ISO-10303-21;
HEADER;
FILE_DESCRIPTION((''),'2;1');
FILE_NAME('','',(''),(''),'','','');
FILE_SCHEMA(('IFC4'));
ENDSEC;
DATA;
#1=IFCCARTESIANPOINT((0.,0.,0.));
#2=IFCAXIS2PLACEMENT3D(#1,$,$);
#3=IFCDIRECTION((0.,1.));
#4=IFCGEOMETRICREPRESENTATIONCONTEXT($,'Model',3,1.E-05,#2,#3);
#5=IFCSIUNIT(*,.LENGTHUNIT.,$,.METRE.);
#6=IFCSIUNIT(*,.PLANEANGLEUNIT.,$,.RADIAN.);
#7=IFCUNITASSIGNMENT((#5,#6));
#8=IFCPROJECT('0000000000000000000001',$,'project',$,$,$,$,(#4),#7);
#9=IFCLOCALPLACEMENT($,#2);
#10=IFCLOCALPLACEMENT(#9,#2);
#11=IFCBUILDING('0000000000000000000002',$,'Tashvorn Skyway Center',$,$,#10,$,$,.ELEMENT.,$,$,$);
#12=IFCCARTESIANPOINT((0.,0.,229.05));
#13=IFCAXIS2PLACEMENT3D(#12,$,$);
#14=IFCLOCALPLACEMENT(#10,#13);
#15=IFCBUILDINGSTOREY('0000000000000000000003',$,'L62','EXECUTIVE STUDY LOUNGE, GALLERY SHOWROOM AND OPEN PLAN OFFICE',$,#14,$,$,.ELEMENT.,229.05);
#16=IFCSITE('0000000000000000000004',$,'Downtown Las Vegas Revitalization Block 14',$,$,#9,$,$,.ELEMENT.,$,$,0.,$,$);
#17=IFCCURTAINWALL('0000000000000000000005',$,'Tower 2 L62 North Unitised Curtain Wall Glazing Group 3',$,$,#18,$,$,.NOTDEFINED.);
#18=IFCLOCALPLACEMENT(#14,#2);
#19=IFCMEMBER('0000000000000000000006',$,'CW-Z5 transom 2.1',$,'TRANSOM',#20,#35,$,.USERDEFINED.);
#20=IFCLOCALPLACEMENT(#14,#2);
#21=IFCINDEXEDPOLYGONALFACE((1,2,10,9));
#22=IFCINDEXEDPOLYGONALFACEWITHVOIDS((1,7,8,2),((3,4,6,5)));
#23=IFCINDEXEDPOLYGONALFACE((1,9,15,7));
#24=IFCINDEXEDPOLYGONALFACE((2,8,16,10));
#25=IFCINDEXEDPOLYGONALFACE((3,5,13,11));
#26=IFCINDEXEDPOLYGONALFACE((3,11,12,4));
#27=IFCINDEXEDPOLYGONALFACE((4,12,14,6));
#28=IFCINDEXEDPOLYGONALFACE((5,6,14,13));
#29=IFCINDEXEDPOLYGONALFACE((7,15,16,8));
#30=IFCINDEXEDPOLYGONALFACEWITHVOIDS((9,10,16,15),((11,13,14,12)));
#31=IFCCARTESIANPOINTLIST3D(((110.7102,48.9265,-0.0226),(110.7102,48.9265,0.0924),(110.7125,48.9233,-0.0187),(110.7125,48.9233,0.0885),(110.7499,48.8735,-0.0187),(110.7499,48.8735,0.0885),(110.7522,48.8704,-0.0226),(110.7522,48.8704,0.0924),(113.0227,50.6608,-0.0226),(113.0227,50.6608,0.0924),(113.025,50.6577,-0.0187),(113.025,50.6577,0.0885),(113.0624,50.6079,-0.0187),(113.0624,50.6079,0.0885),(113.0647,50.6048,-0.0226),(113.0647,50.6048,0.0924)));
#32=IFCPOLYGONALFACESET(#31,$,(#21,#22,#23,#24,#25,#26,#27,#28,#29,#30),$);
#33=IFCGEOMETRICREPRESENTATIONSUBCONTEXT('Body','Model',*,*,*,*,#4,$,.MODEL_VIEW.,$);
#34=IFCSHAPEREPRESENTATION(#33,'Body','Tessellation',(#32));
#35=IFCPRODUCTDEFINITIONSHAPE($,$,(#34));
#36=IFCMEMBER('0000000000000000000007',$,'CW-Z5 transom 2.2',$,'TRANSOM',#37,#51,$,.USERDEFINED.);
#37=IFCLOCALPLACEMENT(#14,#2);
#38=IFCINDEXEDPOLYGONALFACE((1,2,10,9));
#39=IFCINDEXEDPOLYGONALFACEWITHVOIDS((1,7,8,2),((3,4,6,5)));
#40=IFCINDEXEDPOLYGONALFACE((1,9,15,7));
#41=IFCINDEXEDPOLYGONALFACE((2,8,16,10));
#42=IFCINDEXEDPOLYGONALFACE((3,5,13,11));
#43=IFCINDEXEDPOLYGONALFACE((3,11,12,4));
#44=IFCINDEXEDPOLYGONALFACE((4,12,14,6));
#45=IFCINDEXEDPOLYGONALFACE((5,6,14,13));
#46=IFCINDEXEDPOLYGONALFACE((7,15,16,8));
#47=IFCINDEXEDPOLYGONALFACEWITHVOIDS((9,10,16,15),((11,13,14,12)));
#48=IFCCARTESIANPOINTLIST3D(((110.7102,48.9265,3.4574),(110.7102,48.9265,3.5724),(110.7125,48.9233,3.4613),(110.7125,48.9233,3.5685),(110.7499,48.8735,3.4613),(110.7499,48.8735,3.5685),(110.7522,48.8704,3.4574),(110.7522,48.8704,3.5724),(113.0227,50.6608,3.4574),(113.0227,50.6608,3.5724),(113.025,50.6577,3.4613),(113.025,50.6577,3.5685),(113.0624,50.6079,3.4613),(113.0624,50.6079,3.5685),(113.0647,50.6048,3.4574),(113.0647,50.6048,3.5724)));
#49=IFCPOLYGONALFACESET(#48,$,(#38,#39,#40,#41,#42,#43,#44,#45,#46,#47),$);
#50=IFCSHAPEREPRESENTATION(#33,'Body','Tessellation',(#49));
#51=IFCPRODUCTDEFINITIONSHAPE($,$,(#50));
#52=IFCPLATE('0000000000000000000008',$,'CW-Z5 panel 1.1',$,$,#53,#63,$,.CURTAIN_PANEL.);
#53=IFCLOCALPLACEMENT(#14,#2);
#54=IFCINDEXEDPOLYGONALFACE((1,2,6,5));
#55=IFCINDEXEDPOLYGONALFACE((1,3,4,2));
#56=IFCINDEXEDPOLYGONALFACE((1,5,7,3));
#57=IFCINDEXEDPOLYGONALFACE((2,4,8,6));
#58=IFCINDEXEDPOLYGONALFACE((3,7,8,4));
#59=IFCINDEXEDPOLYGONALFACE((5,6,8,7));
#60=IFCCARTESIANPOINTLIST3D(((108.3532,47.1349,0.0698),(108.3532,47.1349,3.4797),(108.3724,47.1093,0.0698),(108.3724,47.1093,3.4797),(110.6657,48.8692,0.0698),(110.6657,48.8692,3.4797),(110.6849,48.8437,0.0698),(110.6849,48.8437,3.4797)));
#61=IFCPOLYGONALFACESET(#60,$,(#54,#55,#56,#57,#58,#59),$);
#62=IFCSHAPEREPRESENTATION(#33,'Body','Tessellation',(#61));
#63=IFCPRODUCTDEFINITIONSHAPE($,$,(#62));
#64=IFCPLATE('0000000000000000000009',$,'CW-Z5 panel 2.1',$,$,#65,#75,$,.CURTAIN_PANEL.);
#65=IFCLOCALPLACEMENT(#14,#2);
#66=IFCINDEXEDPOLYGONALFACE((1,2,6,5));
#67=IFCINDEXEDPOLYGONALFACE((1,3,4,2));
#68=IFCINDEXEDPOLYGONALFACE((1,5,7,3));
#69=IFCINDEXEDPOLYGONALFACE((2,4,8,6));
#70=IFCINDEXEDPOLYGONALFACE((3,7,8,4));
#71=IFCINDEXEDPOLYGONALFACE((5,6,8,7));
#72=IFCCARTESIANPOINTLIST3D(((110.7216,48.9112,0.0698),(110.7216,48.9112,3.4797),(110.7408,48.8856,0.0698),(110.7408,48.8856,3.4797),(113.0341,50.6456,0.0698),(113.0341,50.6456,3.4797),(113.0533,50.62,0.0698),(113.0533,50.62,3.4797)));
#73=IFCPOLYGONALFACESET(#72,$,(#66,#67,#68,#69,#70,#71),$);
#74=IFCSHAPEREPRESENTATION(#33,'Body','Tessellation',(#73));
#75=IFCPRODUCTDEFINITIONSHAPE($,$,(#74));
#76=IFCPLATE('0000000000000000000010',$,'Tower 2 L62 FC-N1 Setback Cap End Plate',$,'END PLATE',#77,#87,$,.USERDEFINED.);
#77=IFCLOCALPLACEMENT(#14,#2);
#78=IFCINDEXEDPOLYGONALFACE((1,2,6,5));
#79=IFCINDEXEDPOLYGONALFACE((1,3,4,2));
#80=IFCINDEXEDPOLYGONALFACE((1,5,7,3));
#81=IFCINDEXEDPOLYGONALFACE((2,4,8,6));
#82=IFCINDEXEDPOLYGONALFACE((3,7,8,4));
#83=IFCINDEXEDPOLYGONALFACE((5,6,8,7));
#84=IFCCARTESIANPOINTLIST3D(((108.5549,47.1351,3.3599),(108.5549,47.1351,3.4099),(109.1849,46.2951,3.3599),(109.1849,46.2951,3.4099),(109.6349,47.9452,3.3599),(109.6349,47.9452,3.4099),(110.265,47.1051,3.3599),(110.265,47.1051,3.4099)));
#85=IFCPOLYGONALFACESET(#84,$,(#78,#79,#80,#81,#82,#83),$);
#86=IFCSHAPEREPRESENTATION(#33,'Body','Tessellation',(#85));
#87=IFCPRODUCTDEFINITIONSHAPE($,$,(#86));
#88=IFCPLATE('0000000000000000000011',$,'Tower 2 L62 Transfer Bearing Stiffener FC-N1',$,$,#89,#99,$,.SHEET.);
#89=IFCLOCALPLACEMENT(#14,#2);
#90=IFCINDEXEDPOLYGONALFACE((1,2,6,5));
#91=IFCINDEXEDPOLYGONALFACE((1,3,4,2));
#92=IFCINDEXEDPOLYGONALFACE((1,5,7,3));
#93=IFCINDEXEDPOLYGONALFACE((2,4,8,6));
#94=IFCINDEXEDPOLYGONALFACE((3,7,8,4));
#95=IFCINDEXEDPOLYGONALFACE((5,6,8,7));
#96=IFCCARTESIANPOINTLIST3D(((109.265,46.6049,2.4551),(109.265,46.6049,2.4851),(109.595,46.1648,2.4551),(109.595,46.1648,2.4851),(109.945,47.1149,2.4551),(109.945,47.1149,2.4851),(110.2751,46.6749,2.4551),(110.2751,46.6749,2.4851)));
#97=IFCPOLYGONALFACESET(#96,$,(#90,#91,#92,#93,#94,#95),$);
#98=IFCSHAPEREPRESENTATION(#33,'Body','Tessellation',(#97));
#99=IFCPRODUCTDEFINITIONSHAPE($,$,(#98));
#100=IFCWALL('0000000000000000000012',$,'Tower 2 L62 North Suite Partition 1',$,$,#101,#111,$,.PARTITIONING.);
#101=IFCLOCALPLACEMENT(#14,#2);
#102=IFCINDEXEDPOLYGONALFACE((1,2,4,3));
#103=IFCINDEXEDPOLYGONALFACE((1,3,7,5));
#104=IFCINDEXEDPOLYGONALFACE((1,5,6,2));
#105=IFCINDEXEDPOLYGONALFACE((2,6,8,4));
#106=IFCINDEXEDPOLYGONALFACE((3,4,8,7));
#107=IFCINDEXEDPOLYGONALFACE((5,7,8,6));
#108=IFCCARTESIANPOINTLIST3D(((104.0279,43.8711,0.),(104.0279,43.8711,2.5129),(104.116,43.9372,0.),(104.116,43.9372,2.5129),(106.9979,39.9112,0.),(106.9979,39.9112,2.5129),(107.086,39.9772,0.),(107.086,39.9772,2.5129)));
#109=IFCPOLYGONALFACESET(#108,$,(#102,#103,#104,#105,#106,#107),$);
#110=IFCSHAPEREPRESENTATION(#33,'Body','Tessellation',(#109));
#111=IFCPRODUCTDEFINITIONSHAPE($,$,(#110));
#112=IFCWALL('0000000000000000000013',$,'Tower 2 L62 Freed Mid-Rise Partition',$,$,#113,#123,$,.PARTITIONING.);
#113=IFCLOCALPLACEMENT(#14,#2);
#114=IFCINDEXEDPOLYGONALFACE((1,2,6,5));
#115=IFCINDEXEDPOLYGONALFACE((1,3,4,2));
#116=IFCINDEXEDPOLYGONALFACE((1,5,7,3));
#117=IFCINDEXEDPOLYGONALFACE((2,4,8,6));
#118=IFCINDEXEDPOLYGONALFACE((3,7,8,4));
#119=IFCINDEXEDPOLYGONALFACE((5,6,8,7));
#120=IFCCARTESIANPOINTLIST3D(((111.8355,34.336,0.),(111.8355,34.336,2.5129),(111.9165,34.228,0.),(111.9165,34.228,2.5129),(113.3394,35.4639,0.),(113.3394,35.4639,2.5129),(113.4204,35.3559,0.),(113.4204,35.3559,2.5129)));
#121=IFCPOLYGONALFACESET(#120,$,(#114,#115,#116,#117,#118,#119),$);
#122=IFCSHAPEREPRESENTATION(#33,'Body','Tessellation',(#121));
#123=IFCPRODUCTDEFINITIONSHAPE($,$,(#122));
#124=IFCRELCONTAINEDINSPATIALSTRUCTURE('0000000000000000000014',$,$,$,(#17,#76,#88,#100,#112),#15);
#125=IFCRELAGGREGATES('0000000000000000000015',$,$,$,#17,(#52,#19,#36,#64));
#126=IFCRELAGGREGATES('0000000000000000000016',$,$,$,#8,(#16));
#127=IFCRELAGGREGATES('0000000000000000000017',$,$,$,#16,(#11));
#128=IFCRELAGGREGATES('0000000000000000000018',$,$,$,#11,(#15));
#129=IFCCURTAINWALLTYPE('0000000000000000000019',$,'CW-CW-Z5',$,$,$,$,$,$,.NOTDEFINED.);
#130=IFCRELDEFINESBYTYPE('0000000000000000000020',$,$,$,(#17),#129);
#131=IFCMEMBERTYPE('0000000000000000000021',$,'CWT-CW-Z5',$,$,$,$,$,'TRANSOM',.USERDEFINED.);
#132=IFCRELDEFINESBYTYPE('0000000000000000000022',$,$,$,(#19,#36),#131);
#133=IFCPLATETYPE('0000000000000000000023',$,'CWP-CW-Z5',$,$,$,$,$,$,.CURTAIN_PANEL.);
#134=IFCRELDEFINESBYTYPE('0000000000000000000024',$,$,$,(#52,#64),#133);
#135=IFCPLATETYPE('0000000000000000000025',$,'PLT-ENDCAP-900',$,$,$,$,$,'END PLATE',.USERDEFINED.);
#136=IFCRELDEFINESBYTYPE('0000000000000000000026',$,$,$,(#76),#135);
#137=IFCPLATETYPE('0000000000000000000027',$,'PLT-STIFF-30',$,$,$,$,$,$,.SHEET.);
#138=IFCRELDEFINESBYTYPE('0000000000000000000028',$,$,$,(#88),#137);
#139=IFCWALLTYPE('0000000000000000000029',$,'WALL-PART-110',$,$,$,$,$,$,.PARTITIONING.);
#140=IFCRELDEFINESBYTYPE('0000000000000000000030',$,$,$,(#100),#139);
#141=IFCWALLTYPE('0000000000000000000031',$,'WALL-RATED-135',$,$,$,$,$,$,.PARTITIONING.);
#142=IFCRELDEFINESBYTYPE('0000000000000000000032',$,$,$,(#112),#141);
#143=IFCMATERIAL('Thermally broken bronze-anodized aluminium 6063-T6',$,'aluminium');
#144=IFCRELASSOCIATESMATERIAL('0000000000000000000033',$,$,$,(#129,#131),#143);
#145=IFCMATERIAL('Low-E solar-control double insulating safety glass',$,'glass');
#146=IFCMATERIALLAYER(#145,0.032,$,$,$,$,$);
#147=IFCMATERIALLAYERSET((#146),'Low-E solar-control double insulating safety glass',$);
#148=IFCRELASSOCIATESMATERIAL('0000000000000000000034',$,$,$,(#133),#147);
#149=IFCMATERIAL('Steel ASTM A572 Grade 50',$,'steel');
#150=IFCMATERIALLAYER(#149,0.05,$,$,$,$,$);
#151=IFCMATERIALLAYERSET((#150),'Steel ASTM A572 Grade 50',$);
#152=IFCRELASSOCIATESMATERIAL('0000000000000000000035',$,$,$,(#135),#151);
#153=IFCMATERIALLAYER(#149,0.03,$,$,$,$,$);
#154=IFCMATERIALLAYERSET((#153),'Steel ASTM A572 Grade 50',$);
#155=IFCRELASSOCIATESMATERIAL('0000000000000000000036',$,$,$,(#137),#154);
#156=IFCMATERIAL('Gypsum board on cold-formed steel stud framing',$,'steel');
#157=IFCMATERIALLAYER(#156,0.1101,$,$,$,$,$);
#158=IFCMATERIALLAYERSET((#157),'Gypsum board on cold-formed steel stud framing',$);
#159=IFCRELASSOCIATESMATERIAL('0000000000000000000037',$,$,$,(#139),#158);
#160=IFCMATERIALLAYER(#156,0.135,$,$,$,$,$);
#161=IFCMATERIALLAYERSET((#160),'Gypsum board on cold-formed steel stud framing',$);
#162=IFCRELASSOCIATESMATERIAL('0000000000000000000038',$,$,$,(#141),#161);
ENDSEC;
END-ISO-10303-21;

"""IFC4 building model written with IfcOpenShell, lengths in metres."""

from ifc_helpers import new_model, si_unit, direction, frame, frame_2d, origin, origin_2d, place, context, subcontext, project, spatial, rectangle, hollow_rectangle, extrude, material, layer, layer_set, material_profile, profile_set, type_object, element, aggregate, save


model = new_model("IFC4")

# Units and contexts
model_context = context("Model", 3, precision=1e-05, world=origin(), true_north=direction((0.0, 1.0)))
body_context = subcontext(model_context, "Body", "Model", "MODEL_VIEW")
ifc_project = project(units=[si_unit("LENGTHUNIT", "METRE"), si_unit("PLANEANGLEUNIT", "RADIAN")], contexts=[model_context])

# Site, building, storey
site_placement = place(None, origin())
site = spatial("IfcSite", under=ifc_project, at=site_placement, Name="Downtown Las Vegas Revitalization Block 14", CompositionType="ELEMENT", RefElevation=0.0)
building_placement = place(site_placement, origin())
building = spatial("IfcBuilding", under=site, at=building_placement, Name="Tashvorn Skyway Center", CompositionType="ELEMENT")
storey_placement = place(building_placement, frame((0.0, 0.0, 229.05)))
storey = spatial("IfcBuildingStorey", under=building, at=storey_placement, Name="L62", Description="EXECUTIVE STUDY LOUNGE, GALLERY SHOWROOM AND OPEN PLAN OFFICE", CompositionType="ELEMENT", Elevation=229.05)

# Shared definitions
ifc_material_1 = material(Name="Steel ASTM A572 Grade 50", Category="steel")

# Shared definitions
ifc_material_2 = material(Name="Thermally broken bronze-anodized aluminium 6063-T6", Category="aluminium")
curtain_wall_type = type_object("IfcCurtainWallType", Name="CW-CW-Z5", PredefinedType="NOTDEFINED", material=ifc_material_2)

# Curtain wall, members, plates
curtain_wall_1_placement = place(storey_placement, origin())
curtain_wall_1 = element("IfcCurtainWall", 1, at=curtain_wall_1_placement, inside=storey, type_object=curtain_wall_type, Name="Tower 2 L62 North Unitised Curtain Wall Glazing Group 3", PredefinedType="NOTDEFINED")
ifc_material_profile_1 = material_profile(ifc_material_2, hollow_rectangle(XDim=0.0701, YDim=0.115, WallThickness=0.0039, at=origin_2d()), Name="ALU-TRAN-70x115")
ifc_profile_set_1 = profile_set([ifc_material_profile_1], Name="Thermally broken bronze-anodized aluminium 6063-T6")
member_type_1 = type_object("IfcMemberType", Name="CWT-CW-Z5", ElementType="TRANSOM", PredefinedType="USERDEFINED", material=ifc_profile_set_1)
member_1_placement = place(storey_placement, frame((110.7312, 48.8984, 0.0349), z_axis=(0.8, 0.6, 0.0), x_axis=(-0.6, 0.8, 0.0)))
member_1 = element("IfcMember", 2, at=member_1_placement, type_object=member_type_1, Name="CW-Z5 transom 2.1", ObjectType="TRANSOM", PredefinedType="USERDEFINED", context=body_context, shape_type="SweptSolid", body=[
    extrude(hollow_rectangle(XDim=0.0701, YDim=0.115, WallThickness=0.0039, at=origin_2d()), origin(), (0.0, 0.0, 1.0), 2.8906),
])
member_2_placement = place(storey_placement, frame((110.7312, 48.8984, 3.5149), z_axis=(0.8, 0.6, 0.0), x_axis=(-0.6, 0.8, 0.0)))
member_2 = element("IfcMember", 3, at=member_2_placement, type_object=member_type_1, Name="CW-Z5 transom 2.2", ObjectType="TRANSOM", PredefinedType="USERDEFINED", context=body_context, shape_type="SweptSolid", body=[
    extrude(hollow_rectangle(XDim=0.0701, YDim=0.115, WallThickness=0.0039, at=origin_2d()), origin(), (0.0, 0.0, 1.0), 2.8906),
])
ifc_material_3 = material(Name="Low-E solar-control double insulating safety glass", Category="glass")
ifc_layer_1 = layer(ifc_material_3, 0.032)
ifc_layer_set_1 = layer_set([ifc_layer_1], Name="Low-E solar-control double insulating safety glass")
plate_type_1 = type_object("IfcPlateType", Name="CWP-CW-Z5", PredefinedType="CURTAIN_PANEL", material=ifc_layer_set_1)
plate_1_placement = place(storey_placement, frame((109.519, 47.9893, 0.0698), z_axis=(0.0, 0.0, 1.0), x_axis=(0.799998, 0.600003, 0.0)))
plate_1 = element("IfcPlate", 4, at=plate_1_placement, type_object=plate_type_1, Name="CW-Z5 panel 1.1", PredefinedType="CURTAIN_PANEL", context=body_context, shape_type="SweptSolid", body=[
    extrude(rectangle(XDim=2.8906, YDim=0.032, at=origin_2d()), origin(), (0.0, 0.0, 1.0), 3.4099),
])
plate_2_placement = place(storey_placement, frame((111.8875, 49.7656, 0.0698), z_axis=(0.0, 0.0, 1.0), x_axis=(0.799998, 0.600003, 0.0)))
plate_2 = element("IfcPlate", 5, at=plate_2_placement, type_object=plate_type_1, Name="CW-Z5 panel 2.1", PredefinedType="CURTAIN_PANEL", context=body_context, shape_type="SweptSolid", body=[
    extrude(rectangle(XDim=2.8906, YDim=0.032, at=origin_2d()), origin(), (0.0, 0.0, 1.0), 3.4099),
])
aggregate(curtain_wall_1, [plate_1, member_1, member_2, plate_2])

# Plates
ifc_layer_2 = layer(ifc_material_1, 0.05)
ifc_layer_set_2 = layer_set([ifc_layer_2], Name="Steel ASTM A572 Grade 50")
plate_type_2 = type_object("IfcPlateType", Name="PLT-ENDCAP-900", ElementType="END PLATE", PredefinedType="USERDEFINED", material=ifc_layer_set_2)
plate_3_placement = place(storey_placement, frame((109.4099, 47.1201, 3.3599), z_axis=(0.0, 0.0, 1.0), x_axis=(0.8, 0.6, 0.0)))
element("IfcPlate", 6, at=plate_3_placement, inside=storey, type_object=plate_type_2, Name="Tower 2 L62 FC-N1 Setback Cap End Plate", ObjectType="END PLATE", PredefinedType="USERDEFINED", context=body_context, shape_type="SweptSolid", body=[
    extrude(rectangle(XDim=1.3501, YDim=1.05, at=origin_2d()), origin(), (0.0, 0.0, 1.0), 0.05),
])
ifc_layer_3 = layer(ifc_material_1, 0.03)
ifc_layer_set_3 = layer_set([ifc_layer_3], Name="Steel ASTM A572 Grade 50")
plate_type_3 = type_object("IfcPlateType", Name="PLT-STIFF-30", PredefinedType="SHEET", material=ifc_layer_set_3)
plate_4_placement = place(storey_placement, frame((109.77, 46.6399, 2.4551), z_axis=(0.0, 0.0, 1.0), x_axis=(0.8, 0.6, 0.0)))
element("IfcPlate", 7, at=plate_4_placement, inside=storey, type_object=plate_type_3, Name="Tower 2 L62 Transfer Bearing Stiffener FC-N1", PredefinedType="SHEET", context=body_context, shape_type="SweptSolid", body=[
    extrude(rectangle(XDim=0.8501, YDim=0.55, at=origin_2d()), origin(), (0.0, 0.0, 1.0), 0.03),
])

# Walls
ifc_material_4 = material(Name="Gypsum board on cold-formed steel stud framing", Category="steel")
ifc_layer_4 = layer(ifc_material_4, 0.1101)
ifc_layer_set_4 = layer_set([ifc_layer_4], Name="Gypsum board on cold-formed steel stud framing")
wall_type_1 = type_object("IfcWallType", Name="WALL-PART-110", PredefinedType="PARTITIONING", material=ifc_layer_set_4)
wall_1_placement = place(storey_placement, frame((107.042, 39.9441, 0.0), z_axis=(0.0, 0.0, 1.0), x_axis=(-0.6, 0.8, 0.0)))
element("IfcWall", 8, at=wall_1_placement, inside=storey, type_object=wall_type_1, Name="Tower 2 L62 North Suite Partition 1", PredefinedType="PARTITIONING", context=body_context, shape_type="SweptSolid", body=[
    extrude(rectangle(XDim=4.95, YDim=0.1101, at=frame_2d((2.4751, 0.0))), origin(), (0.0, 0.0, 1.0), 2.5129),
])
ifc_layer_5 = layer(ifc_material_4, 0.135)
ifc_layer_set_5 = layer_set([ifc_layer_5], Name="Gypsum board on cold-formed steel stud framing")
wall_type_2 = type_object("IfcWallType", Name="WALL-RATED-135", PredefinedType="PARTITIONING", material=ifc_layer_set_5)
wall_2_placement = place(storey_placement, frame((111.876, 34.282, 0.0), z_axis=(0.0, 0.0, 1.0), x_axis=(0.8, 0.6, 0.0)))
element("IfcWall", 9, at=wall_2_placement, inside=storey, type_object=wall_type_2, Name="Tower 2 L62 Freed Mid-Rise Partition", PredefinedType="PARTITIONING", context=body_context, shape_type="SweptSolid", body=[
    extrude(rectangle(XDim=1.8799, YDim=0.135, at=frame_2d((0.9399, 0.0))), origin(), (0.0, 0.0, 1.0), 2.5129),
])

save(model, "model.ifc")
